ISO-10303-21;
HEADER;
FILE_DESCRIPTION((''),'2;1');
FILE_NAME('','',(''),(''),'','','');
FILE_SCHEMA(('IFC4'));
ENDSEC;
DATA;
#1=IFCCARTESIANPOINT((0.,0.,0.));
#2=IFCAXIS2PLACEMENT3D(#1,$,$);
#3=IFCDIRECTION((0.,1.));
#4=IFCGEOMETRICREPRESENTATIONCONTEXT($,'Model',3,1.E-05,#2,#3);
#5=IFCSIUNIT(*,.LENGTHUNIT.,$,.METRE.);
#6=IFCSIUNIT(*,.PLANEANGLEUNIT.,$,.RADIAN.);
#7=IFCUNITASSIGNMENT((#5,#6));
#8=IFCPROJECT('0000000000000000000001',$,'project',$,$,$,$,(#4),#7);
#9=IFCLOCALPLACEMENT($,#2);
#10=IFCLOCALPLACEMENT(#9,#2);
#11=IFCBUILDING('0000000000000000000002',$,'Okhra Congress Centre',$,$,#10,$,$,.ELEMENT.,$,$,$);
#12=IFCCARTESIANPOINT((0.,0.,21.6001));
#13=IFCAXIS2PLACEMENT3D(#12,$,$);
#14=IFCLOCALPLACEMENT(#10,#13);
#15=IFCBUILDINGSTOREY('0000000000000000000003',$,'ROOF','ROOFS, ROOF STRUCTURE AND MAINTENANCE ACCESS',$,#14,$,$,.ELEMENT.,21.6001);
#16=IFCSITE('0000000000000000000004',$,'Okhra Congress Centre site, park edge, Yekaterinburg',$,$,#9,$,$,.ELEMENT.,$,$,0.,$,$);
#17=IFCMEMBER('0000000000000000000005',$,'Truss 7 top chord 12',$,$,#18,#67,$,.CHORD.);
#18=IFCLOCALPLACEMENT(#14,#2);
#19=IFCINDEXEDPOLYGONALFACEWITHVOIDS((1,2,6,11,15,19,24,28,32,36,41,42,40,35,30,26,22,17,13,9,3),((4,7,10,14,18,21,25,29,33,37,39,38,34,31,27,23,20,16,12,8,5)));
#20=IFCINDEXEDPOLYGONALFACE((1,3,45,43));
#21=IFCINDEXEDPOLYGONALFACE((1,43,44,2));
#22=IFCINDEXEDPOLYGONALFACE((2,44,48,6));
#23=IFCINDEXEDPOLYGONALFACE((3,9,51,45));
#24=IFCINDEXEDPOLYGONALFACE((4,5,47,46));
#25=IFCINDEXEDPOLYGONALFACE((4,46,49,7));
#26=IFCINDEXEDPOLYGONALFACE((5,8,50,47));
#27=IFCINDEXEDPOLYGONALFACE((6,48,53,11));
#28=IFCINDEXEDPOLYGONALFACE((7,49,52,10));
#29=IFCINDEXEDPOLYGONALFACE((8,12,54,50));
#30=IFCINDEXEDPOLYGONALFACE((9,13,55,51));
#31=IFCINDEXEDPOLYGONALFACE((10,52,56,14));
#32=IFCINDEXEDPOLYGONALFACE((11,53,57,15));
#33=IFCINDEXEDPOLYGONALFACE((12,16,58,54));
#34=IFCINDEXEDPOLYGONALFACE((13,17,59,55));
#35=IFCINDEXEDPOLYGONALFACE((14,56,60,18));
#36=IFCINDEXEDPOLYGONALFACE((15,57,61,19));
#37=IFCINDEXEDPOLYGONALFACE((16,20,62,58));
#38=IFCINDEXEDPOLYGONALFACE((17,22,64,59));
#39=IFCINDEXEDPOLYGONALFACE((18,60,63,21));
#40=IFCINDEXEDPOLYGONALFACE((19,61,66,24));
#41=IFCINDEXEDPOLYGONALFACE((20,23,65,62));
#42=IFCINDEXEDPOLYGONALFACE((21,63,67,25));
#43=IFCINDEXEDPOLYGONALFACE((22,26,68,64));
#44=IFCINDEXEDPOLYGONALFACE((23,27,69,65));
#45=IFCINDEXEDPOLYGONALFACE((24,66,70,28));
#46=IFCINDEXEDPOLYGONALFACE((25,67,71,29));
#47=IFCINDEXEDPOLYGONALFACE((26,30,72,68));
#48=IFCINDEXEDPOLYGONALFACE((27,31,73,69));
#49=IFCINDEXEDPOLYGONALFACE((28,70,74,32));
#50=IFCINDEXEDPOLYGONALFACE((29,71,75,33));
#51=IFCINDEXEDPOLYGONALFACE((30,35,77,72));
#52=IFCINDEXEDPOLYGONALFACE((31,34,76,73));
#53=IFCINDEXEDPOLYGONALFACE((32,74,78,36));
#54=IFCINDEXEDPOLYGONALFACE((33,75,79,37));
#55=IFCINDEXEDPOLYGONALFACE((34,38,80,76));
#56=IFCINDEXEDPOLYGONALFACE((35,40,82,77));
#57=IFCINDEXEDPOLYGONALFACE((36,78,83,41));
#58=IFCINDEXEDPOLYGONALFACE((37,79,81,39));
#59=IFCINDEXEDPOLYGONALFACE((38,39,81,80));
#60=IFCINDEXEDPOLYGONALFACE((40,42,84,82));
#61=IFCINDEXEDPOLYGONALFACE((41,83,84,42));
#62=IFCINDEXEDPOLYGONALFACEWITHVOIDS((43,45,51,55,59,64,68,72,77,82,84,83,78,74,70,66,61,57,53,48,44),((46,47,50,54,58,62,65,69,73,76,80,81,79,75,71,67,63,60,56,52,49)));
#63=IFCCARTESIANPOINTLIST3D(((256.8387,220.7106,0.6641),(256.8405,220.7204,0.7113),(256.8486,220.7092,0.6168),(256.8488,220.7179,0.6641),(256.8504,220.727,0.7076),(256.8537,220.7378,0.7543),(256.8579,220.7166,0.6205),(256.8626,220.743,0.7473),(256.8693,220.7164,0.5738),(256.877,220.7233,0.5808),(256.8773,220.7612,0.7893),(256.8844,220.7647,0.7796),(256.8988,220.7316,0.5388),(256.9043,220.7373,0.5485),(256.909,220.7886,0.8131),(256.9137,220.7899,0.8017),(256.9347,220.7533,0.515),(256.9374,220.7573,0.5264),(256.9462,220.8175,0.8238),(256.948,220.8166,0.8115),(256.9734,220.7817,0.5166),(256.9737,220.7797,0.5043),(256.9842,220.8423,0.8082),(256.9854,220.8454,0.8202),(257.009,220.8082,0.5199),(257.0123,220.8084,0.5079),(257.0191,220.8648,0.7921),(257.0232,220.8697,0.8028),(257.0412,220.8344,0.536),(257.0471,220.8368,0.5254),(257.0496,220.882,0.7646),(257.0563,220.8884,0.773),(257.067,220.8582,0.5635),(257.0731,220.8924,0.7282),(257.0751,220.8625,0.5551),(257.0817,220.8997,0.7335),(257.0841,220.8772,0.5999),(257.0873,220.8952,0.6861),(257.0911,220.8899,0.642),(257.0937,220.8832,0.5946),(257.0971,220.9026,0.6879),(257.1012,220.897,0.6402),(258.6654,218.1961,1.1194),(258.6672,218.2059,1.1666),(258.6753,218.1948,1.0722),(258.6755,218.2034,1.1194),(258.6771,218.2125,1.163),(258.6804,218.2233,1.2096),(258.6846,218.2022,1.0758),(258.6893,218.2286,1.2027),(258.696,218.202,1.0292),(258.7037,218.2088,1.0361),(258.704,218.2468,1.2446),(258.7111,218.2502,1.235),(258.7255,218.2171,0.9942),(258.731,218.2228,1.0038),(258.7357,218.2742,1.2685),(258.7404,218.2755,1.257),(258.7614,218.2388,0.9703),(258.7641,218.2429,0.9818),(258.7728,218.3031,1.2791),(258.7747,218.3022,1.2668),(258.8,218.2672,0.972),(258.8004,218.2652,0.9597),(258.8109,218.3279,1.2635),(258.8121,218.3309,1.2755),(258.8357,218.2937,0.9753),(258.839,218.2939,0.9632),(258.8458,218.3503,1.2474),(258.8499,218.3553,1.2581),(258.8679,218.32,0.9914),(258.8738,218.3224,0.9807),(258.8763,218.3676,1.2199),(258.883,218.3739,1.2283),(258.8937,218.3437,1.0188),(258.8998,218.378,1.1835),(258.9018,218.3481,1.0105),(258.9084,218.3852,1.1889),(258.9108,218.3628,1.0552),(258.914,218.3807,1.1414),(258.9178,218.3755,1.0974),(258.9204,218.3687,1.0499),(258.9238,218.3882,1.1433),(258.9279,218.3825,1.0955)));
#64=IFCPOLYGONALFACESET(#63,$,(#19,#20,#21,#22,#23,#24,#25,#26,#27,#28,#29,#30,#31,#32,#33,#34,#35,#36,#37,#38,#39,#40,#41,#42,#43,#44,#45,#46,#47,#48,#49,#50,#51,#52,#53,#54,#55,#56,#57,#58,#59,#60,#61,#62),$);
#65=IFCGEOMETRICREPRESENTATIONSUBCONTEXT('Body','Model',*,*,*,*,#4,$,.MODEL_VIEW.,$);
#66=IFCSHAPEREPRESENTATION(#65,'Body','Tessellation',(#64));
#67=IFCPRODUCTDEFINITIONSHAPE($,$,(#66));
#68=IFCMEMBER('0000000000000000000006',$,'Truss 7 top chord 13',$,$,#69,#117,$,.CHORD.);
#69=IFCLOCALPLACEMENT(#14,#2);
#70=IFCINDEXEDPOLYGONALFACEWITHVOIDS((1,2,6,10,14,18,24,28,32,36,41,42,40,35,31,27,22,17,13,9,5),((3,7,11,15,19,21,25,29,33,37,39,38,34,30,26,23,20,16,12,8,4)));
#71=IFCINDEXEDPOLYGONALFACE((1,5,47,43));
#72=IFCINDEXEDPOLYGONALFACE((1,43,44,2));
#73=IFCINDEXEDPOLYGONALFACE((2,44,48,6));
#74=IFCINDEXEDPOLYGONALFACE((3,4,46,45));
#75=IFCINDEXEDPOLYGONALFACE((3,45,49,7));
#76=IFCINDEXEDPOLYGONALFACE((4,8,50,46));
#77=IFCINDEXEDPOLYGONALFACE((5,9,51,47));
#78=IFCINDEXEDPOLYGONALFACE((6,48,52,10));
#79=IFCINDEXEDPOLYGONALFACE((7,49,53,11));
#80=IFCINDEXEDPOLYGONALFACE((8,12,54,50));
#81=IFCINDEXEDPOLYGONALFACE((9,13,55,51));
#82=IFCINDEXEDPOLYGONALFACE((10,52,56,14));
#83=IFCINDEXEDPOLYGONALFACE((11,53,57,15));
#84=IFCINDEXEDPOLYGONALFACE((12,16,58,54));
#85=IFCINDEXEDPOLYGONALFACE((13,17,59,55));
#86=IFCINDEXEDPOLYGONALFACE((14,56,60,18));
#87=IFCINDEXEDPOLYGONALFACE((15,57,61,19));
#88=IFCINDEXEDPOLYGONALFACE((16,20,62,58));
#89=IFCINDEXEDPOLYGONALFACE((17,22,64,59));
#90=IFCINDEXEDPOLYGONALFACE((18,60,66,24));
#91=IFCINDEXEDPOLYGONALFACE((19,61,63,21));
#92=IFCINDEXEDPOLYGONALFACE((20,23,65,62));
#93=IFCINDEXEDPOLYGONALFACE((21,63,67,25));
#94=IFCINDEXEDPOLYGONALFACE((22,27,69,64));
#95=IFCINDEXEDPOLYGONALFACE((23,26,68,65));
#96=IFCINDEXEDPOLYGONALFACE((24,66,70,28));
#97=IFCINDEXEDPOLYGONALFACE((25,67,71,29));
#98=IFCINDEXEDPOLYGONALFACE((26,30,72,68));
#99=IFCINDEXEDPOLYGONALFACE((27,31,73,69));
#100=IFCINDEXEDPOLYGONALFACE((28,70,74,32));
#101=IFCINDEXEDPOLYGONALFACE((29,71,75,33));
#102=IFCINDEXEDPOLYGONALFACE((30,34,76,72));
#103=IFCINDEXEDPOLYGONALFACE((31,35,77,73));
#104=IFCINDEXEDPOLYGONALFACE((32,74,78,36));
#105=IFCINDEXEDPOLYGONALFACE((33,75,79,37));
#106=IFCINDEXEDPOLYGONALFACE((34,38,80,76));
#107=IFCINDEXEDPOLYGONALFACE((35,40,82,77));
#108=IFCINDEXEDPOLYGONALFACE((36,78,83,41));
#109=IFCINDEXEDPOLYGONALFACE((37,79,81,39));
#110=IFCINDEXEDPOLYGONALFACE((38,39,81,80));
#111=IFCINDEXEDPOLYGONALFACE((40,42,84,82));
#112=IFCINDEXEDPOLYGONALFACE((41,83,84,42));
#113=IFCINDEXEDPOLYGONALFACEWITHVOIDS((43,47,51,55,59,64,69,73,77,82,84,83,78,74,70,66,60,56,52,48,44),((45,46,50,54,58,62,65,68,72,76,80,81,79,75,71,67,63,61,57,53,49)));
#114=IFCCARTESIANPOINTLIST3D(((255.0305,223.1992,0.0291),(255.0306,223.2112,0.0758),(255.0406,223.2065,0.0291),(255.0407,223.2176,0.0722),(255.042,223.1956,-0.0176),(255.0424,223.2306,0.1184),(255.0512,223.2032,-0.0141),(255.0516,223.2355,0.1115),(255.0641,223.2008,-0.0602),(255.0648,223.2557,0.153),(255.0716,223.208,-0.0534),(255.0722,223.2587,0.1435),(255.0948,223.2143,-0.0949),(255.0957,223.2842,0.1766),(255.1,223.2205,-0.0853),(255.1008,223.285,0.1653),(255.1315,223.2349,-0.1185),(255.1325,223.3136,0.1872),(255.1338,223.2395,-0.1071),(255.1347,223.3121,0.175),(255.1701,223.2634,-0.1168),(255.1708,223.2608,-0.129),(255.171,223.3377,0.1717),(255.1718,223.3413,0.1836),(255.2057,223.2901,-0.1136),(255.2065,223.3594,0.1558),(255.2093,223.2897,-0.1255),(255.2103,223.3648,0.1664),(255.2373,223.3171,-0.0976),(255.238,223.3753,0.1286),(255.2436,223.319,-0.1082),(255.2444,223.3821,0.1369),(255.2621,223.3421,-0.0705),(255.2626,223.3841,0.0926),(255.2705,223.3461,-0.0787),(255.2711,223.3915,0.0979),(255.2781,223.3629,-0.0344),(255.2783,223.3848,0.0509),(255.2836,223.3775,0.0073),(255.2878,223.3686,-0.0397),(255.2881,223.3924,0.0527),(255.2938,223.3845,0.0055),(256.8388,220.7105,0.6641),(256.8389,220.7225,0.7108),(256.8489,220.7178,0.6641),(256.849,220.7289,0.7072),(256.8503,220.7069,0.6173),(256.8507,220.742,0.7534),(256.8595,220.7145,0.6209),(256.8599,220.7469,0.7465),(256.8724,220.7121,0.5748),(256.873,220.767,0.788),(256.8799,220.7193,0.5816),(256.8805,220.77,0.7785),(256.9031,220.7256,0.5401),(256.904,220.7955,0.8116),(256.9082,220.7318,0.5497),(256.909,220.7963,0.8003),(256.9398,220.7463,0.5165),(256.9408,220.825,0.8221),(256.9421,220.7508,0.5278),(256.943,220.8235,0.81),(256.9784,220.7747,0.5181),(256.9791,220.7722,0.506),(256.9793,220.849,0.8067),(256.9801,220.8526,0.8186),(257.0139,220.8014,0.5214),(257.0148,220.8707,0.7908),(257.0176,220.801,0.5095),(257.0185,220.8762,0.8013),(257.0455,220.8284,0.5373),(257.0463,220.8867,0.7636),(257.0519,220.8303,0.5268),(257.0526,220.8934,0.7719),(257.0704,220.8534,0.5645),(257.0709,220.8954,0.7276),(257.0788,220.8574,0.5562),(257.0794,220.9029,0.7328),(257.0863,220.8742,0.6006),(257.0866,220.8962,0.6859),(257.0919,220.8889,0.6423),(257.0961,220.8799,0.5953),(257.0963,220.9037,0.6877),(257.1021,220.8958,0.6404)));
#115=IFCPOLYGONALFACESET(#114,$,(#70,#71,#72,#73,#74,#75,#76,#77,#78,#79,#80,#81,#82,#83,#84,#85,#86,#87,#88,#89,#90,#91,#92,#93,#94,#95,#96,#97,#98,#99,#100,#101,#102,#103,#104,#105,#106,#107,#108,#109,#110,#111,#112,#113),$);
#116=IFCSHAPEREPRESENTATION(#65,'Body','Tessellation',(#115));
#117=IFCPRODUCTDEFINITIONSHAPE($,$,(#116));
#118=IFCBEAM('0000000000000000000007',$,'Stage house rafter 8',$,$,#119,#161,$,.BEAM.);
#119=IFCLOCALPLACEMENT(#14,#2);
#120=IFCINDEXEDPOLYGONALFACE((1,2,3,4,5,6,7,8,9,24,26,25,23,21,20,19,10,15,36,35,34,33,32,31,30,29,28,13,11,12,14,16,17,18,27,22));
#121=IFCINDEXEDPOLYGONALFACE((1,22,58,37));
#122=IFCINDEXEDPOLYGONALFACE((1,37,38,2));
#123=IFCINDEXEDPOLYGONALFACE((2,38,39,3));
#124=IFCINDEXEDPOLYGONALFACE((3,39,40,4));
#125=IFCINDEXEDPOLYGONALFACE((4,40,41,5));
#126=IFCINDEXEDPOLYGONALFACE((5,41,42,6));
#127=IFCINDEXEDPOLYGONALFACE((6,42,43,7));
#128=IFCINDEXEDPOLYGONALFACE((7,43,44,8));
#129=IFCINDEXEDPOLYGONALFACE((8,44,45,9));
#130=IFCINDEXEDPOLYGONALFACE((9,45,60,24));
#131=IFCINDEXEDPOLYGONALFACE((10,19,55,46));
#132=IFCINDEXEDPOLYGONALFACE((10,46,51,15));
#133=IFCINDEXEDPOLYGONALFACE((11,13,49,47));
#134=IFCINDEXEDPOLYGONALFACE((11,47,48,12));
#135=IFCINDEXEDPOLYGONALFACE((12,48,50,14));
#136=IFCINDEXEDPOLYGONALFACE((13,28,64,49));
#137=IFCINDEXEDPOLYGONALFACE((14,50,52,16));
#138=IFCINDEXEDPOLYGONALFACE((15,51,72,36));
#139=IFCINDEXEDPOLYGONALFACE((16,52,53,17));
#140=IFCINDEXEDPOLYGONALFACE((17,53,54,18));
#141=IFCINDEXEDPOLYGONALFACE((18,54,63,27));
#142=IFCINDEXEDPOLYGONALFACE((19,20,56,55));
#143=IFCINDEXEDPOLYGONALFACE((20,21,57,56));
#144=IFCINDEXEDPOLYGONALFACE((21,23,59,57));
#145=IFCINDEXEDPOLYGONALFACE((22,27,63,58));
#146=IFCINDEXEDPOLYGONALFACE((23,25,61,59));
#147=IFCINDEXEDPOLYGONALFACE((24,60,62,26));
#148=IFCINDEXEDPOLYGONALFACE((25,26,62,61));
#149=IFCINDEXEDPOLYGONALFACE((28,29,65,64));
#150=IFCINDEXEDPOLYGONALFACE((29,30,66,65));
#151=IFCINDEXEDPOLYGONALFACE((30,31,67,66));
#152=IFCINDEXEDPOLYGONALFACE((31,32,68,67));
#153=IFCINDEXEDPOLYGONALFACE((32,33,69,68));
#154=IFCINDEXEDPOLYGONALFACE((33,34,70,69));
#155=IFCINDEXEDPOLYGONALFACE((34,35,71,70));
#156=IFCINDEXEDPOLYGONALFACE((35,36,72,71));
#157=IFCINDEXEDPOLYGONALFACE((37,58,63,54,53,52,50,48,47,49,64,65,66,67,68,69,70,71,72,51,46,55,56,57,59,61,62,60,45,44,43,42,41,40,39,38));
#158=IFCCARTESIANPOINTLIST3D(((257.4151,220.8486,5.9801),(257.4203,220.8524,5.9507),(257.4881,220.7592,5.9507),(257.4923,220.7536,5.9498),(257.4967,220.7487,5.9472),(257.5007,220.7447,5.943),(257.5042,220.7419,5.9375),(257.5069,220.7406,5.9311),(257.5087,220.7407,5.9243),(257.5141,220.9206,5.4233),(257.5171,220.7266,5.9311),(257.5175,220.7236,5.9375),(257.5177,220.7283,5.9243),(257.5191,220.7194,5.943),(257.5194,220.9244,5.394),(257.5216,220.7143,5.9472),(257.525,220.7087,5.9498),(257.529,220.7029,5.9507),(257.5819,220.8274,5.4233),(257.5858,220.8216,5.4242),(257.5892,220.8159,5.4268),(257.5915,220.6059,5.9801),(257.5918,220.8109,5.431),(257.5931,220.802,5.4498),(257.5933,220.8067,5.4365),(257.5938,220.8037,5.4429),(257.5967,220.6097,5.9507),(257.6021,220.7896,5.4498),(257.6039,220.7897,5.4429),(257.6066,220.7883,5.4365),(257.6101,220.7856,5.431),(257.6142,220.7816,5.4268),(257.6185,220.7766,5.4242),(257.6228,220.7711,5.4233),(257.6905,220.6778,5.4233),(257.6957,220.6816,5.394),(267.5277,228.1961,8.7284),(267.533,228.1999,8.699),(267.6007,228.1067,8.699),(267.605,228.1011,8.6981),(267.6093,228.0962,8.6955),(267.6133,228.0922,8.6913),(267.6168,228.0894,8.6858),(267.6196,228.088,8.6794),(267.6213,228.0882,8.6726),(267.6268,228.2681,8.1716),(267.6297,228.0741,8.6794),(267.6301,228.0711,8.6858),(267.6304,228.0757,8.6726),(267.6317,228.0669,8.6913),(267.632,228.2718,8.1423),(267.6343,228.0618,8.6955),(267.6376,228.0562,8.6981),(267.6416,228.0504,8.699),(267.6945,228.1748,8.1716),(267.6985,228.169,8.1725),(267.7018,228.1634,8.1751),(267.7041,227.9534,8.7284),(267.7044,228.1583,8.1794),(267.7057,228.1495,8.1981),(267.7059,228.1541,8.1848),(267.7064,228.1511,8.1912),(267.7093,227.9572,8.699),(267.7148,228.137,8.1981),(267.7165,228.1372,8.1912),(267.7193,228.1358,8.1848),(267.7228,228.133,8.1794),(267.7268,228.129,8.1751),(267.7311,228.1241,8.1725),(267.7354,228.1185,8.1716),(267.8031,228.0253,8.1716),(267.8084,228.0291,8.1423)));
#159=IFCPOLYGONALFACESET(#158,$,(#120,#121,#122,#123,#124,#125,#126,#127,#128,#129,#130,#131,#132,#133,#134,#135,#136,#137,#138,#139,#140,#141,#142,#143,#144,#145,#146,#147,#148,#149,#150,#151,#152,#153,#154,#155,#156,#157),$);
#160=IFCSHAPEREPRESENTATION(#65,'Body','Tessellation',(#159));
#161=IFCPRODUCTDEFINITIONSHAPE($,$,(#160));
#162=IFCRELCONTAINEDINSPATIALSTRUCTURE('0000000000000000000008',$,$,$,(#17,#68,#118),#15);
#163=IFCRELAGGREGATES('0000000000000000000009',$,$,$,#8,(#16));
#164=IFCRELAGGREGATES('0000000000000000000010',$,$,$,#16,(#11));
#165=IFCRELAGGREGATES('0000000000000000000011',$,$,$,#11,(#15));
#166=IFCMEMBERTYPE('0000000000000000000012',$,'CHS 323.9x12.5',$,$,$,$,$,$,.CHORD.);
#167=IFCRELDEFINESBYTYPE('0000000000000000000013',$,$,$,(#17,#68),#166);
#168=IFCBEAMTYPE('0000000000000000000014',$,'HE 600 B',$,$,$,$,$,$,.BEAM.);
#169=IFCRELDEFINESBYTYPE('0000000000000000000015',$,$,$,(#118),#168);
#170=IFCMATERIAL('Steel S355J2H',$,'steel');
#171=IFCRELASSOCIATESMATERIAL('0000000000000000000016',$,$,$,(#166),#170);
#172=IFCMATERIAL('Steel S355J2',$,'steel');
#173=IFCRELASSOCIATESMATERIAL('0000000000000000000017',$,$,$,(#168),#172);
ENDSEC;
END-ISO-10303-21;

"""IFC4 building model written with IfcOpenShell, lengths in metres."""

from ifc_helpers import new_model, si_unit, direction, frame, origin, origin_2d, place, context, subcontext, project, spatial, hollow_circle, i_section, extrude, material, material_profile, profile_set, type_object, element, save


model = new_model("IFC4")

# Units and contexts
model_context = context("Model", 3, precision=1e-05, world=origin(), true_north=direction((0.0, 1.0)))
body_context = subcontext(model_context, "Body", "Model", "MODEL_VIEW")
ifc_project = project(units=[si_unit("LENGTHUNIT", "METRE"), si_unit("PLANEANGLEUNIT", "RADIAN")], contexts=[model_context])

# Site, building, storey
site_placement = place(None, origin())
site = spatial("IfcSite", under=ifc_project, at=site_placement, Name="Okhra Congress Centre site, park edge, Yekaterinburg", CompositionType="ELEMENT", RefElevation=0.0)
building_placement = place(site_placement, origin())
building = spatial("IfcBuilding", under=site, at=building_placement, Name="Okhra Congress Centre", CompositionType="ELEMENT")
storey_placement = place(building_placement, frame((0.0, 0.0, 21.6001)))
storey = spatial("IfcBuildingStorey", under=building, at=storey_placement, Name="ROOF", Description="ROOFS, ROOF STRUCTURE AND MAINTENANCE ACCESS", CompositionType="ELEMENT", Elevation=21.6001)

# Members
ifc_material_1 = material(Name="Steel S355J2H", Category="steel")
ifc_material_profile_1 = material_profile(ifc_material_1, hollow_circle(Radius=0.1619, WallThickness=0.0125, at=origin_2d()), Name="CHS 323.9x12.5")
ifc_profile_set_1 = profile_set([ifc_material_profile_1], Name="Steel S355J2H")
member_type_1 = type_object("IfcMemberType", Name="CHS 323.9x12.5", PredefinedType="CHORD", material=ifc_profile_set_1)
for number, where, z_axis, x_axis, name in (
    (1, (258.7964, 218.2913, 1.1194), (-0.581543, 0.800496, -0.144958), (-0.809042, -0.587751, 0.0), "Truss 7 top chord 12"),
    (2, (256.9697, 220.8057, 0.6641), (-0.575682, 0.792291, -0.202153), (-0.808993, -0.587818, 0.0), "Truss 7 top chord 13"),
):
    element("IfcMember", number, at=place(storey_placement, frame(where, z_axis=z_axis, x_axis=x_axis)), inside=storey, type_object=member_type_1, Name=name, PredefinedType="CHORD", context=body_context, shape_type="SweptSolid", body=[
        extrude(hollow_circle(Radius=0.1619, WallThickness=0.0125, at=origin_2d()), origin(), (0.0, 0.0, 1.0), 3.1411),
    ])

# Beam
ifc_material_2 = material(Name="Steel S355J2", Category="steel")
ifc_material_profile_2 = material_profile(ifc_material_2, i_section(OverallWidth=0.3, OverallDepth=0.6001, WebThickness=0.0154, FlangeThickness=0.03, FilletRadius=0.0271, at=origin_2d()), Name="HE 600 B")
ifc_profile_set_2 = profile_set([ifc_material_profile_2], Name="Steel S355J2")
beam_type_1 = type_object("IfcBeamType", Name="HE 600 B", PredefinedType="BEAM", material=ifc_profile_set_2)
beam_1_placement = place(storey_placement, frame((257.5554, 220.7651, 5.687), z_axis=(0.790136, 0.574085, 0.214736), x_axis=(-0.587797, 0.809009, 0.0)))
element("IfcBeam", 3, at=beam_1_placement, inside=storey, type_object=beam_type_1, Name="Stage house rafter 8", PredefinedType="BEAM", context=body_context, shape_type="SweptSolid", body=[
    extrude(i_section(OverallWidth=0.3, OverallDepth=0.6001, WebThickness=0.0154, FlangeThickness=0.03, FilletRadius=0.0271, at=origin_2d()), origin(), (0.0, 0.0, 1.0), 12.7986),
])

save(model, "model.ifc")
